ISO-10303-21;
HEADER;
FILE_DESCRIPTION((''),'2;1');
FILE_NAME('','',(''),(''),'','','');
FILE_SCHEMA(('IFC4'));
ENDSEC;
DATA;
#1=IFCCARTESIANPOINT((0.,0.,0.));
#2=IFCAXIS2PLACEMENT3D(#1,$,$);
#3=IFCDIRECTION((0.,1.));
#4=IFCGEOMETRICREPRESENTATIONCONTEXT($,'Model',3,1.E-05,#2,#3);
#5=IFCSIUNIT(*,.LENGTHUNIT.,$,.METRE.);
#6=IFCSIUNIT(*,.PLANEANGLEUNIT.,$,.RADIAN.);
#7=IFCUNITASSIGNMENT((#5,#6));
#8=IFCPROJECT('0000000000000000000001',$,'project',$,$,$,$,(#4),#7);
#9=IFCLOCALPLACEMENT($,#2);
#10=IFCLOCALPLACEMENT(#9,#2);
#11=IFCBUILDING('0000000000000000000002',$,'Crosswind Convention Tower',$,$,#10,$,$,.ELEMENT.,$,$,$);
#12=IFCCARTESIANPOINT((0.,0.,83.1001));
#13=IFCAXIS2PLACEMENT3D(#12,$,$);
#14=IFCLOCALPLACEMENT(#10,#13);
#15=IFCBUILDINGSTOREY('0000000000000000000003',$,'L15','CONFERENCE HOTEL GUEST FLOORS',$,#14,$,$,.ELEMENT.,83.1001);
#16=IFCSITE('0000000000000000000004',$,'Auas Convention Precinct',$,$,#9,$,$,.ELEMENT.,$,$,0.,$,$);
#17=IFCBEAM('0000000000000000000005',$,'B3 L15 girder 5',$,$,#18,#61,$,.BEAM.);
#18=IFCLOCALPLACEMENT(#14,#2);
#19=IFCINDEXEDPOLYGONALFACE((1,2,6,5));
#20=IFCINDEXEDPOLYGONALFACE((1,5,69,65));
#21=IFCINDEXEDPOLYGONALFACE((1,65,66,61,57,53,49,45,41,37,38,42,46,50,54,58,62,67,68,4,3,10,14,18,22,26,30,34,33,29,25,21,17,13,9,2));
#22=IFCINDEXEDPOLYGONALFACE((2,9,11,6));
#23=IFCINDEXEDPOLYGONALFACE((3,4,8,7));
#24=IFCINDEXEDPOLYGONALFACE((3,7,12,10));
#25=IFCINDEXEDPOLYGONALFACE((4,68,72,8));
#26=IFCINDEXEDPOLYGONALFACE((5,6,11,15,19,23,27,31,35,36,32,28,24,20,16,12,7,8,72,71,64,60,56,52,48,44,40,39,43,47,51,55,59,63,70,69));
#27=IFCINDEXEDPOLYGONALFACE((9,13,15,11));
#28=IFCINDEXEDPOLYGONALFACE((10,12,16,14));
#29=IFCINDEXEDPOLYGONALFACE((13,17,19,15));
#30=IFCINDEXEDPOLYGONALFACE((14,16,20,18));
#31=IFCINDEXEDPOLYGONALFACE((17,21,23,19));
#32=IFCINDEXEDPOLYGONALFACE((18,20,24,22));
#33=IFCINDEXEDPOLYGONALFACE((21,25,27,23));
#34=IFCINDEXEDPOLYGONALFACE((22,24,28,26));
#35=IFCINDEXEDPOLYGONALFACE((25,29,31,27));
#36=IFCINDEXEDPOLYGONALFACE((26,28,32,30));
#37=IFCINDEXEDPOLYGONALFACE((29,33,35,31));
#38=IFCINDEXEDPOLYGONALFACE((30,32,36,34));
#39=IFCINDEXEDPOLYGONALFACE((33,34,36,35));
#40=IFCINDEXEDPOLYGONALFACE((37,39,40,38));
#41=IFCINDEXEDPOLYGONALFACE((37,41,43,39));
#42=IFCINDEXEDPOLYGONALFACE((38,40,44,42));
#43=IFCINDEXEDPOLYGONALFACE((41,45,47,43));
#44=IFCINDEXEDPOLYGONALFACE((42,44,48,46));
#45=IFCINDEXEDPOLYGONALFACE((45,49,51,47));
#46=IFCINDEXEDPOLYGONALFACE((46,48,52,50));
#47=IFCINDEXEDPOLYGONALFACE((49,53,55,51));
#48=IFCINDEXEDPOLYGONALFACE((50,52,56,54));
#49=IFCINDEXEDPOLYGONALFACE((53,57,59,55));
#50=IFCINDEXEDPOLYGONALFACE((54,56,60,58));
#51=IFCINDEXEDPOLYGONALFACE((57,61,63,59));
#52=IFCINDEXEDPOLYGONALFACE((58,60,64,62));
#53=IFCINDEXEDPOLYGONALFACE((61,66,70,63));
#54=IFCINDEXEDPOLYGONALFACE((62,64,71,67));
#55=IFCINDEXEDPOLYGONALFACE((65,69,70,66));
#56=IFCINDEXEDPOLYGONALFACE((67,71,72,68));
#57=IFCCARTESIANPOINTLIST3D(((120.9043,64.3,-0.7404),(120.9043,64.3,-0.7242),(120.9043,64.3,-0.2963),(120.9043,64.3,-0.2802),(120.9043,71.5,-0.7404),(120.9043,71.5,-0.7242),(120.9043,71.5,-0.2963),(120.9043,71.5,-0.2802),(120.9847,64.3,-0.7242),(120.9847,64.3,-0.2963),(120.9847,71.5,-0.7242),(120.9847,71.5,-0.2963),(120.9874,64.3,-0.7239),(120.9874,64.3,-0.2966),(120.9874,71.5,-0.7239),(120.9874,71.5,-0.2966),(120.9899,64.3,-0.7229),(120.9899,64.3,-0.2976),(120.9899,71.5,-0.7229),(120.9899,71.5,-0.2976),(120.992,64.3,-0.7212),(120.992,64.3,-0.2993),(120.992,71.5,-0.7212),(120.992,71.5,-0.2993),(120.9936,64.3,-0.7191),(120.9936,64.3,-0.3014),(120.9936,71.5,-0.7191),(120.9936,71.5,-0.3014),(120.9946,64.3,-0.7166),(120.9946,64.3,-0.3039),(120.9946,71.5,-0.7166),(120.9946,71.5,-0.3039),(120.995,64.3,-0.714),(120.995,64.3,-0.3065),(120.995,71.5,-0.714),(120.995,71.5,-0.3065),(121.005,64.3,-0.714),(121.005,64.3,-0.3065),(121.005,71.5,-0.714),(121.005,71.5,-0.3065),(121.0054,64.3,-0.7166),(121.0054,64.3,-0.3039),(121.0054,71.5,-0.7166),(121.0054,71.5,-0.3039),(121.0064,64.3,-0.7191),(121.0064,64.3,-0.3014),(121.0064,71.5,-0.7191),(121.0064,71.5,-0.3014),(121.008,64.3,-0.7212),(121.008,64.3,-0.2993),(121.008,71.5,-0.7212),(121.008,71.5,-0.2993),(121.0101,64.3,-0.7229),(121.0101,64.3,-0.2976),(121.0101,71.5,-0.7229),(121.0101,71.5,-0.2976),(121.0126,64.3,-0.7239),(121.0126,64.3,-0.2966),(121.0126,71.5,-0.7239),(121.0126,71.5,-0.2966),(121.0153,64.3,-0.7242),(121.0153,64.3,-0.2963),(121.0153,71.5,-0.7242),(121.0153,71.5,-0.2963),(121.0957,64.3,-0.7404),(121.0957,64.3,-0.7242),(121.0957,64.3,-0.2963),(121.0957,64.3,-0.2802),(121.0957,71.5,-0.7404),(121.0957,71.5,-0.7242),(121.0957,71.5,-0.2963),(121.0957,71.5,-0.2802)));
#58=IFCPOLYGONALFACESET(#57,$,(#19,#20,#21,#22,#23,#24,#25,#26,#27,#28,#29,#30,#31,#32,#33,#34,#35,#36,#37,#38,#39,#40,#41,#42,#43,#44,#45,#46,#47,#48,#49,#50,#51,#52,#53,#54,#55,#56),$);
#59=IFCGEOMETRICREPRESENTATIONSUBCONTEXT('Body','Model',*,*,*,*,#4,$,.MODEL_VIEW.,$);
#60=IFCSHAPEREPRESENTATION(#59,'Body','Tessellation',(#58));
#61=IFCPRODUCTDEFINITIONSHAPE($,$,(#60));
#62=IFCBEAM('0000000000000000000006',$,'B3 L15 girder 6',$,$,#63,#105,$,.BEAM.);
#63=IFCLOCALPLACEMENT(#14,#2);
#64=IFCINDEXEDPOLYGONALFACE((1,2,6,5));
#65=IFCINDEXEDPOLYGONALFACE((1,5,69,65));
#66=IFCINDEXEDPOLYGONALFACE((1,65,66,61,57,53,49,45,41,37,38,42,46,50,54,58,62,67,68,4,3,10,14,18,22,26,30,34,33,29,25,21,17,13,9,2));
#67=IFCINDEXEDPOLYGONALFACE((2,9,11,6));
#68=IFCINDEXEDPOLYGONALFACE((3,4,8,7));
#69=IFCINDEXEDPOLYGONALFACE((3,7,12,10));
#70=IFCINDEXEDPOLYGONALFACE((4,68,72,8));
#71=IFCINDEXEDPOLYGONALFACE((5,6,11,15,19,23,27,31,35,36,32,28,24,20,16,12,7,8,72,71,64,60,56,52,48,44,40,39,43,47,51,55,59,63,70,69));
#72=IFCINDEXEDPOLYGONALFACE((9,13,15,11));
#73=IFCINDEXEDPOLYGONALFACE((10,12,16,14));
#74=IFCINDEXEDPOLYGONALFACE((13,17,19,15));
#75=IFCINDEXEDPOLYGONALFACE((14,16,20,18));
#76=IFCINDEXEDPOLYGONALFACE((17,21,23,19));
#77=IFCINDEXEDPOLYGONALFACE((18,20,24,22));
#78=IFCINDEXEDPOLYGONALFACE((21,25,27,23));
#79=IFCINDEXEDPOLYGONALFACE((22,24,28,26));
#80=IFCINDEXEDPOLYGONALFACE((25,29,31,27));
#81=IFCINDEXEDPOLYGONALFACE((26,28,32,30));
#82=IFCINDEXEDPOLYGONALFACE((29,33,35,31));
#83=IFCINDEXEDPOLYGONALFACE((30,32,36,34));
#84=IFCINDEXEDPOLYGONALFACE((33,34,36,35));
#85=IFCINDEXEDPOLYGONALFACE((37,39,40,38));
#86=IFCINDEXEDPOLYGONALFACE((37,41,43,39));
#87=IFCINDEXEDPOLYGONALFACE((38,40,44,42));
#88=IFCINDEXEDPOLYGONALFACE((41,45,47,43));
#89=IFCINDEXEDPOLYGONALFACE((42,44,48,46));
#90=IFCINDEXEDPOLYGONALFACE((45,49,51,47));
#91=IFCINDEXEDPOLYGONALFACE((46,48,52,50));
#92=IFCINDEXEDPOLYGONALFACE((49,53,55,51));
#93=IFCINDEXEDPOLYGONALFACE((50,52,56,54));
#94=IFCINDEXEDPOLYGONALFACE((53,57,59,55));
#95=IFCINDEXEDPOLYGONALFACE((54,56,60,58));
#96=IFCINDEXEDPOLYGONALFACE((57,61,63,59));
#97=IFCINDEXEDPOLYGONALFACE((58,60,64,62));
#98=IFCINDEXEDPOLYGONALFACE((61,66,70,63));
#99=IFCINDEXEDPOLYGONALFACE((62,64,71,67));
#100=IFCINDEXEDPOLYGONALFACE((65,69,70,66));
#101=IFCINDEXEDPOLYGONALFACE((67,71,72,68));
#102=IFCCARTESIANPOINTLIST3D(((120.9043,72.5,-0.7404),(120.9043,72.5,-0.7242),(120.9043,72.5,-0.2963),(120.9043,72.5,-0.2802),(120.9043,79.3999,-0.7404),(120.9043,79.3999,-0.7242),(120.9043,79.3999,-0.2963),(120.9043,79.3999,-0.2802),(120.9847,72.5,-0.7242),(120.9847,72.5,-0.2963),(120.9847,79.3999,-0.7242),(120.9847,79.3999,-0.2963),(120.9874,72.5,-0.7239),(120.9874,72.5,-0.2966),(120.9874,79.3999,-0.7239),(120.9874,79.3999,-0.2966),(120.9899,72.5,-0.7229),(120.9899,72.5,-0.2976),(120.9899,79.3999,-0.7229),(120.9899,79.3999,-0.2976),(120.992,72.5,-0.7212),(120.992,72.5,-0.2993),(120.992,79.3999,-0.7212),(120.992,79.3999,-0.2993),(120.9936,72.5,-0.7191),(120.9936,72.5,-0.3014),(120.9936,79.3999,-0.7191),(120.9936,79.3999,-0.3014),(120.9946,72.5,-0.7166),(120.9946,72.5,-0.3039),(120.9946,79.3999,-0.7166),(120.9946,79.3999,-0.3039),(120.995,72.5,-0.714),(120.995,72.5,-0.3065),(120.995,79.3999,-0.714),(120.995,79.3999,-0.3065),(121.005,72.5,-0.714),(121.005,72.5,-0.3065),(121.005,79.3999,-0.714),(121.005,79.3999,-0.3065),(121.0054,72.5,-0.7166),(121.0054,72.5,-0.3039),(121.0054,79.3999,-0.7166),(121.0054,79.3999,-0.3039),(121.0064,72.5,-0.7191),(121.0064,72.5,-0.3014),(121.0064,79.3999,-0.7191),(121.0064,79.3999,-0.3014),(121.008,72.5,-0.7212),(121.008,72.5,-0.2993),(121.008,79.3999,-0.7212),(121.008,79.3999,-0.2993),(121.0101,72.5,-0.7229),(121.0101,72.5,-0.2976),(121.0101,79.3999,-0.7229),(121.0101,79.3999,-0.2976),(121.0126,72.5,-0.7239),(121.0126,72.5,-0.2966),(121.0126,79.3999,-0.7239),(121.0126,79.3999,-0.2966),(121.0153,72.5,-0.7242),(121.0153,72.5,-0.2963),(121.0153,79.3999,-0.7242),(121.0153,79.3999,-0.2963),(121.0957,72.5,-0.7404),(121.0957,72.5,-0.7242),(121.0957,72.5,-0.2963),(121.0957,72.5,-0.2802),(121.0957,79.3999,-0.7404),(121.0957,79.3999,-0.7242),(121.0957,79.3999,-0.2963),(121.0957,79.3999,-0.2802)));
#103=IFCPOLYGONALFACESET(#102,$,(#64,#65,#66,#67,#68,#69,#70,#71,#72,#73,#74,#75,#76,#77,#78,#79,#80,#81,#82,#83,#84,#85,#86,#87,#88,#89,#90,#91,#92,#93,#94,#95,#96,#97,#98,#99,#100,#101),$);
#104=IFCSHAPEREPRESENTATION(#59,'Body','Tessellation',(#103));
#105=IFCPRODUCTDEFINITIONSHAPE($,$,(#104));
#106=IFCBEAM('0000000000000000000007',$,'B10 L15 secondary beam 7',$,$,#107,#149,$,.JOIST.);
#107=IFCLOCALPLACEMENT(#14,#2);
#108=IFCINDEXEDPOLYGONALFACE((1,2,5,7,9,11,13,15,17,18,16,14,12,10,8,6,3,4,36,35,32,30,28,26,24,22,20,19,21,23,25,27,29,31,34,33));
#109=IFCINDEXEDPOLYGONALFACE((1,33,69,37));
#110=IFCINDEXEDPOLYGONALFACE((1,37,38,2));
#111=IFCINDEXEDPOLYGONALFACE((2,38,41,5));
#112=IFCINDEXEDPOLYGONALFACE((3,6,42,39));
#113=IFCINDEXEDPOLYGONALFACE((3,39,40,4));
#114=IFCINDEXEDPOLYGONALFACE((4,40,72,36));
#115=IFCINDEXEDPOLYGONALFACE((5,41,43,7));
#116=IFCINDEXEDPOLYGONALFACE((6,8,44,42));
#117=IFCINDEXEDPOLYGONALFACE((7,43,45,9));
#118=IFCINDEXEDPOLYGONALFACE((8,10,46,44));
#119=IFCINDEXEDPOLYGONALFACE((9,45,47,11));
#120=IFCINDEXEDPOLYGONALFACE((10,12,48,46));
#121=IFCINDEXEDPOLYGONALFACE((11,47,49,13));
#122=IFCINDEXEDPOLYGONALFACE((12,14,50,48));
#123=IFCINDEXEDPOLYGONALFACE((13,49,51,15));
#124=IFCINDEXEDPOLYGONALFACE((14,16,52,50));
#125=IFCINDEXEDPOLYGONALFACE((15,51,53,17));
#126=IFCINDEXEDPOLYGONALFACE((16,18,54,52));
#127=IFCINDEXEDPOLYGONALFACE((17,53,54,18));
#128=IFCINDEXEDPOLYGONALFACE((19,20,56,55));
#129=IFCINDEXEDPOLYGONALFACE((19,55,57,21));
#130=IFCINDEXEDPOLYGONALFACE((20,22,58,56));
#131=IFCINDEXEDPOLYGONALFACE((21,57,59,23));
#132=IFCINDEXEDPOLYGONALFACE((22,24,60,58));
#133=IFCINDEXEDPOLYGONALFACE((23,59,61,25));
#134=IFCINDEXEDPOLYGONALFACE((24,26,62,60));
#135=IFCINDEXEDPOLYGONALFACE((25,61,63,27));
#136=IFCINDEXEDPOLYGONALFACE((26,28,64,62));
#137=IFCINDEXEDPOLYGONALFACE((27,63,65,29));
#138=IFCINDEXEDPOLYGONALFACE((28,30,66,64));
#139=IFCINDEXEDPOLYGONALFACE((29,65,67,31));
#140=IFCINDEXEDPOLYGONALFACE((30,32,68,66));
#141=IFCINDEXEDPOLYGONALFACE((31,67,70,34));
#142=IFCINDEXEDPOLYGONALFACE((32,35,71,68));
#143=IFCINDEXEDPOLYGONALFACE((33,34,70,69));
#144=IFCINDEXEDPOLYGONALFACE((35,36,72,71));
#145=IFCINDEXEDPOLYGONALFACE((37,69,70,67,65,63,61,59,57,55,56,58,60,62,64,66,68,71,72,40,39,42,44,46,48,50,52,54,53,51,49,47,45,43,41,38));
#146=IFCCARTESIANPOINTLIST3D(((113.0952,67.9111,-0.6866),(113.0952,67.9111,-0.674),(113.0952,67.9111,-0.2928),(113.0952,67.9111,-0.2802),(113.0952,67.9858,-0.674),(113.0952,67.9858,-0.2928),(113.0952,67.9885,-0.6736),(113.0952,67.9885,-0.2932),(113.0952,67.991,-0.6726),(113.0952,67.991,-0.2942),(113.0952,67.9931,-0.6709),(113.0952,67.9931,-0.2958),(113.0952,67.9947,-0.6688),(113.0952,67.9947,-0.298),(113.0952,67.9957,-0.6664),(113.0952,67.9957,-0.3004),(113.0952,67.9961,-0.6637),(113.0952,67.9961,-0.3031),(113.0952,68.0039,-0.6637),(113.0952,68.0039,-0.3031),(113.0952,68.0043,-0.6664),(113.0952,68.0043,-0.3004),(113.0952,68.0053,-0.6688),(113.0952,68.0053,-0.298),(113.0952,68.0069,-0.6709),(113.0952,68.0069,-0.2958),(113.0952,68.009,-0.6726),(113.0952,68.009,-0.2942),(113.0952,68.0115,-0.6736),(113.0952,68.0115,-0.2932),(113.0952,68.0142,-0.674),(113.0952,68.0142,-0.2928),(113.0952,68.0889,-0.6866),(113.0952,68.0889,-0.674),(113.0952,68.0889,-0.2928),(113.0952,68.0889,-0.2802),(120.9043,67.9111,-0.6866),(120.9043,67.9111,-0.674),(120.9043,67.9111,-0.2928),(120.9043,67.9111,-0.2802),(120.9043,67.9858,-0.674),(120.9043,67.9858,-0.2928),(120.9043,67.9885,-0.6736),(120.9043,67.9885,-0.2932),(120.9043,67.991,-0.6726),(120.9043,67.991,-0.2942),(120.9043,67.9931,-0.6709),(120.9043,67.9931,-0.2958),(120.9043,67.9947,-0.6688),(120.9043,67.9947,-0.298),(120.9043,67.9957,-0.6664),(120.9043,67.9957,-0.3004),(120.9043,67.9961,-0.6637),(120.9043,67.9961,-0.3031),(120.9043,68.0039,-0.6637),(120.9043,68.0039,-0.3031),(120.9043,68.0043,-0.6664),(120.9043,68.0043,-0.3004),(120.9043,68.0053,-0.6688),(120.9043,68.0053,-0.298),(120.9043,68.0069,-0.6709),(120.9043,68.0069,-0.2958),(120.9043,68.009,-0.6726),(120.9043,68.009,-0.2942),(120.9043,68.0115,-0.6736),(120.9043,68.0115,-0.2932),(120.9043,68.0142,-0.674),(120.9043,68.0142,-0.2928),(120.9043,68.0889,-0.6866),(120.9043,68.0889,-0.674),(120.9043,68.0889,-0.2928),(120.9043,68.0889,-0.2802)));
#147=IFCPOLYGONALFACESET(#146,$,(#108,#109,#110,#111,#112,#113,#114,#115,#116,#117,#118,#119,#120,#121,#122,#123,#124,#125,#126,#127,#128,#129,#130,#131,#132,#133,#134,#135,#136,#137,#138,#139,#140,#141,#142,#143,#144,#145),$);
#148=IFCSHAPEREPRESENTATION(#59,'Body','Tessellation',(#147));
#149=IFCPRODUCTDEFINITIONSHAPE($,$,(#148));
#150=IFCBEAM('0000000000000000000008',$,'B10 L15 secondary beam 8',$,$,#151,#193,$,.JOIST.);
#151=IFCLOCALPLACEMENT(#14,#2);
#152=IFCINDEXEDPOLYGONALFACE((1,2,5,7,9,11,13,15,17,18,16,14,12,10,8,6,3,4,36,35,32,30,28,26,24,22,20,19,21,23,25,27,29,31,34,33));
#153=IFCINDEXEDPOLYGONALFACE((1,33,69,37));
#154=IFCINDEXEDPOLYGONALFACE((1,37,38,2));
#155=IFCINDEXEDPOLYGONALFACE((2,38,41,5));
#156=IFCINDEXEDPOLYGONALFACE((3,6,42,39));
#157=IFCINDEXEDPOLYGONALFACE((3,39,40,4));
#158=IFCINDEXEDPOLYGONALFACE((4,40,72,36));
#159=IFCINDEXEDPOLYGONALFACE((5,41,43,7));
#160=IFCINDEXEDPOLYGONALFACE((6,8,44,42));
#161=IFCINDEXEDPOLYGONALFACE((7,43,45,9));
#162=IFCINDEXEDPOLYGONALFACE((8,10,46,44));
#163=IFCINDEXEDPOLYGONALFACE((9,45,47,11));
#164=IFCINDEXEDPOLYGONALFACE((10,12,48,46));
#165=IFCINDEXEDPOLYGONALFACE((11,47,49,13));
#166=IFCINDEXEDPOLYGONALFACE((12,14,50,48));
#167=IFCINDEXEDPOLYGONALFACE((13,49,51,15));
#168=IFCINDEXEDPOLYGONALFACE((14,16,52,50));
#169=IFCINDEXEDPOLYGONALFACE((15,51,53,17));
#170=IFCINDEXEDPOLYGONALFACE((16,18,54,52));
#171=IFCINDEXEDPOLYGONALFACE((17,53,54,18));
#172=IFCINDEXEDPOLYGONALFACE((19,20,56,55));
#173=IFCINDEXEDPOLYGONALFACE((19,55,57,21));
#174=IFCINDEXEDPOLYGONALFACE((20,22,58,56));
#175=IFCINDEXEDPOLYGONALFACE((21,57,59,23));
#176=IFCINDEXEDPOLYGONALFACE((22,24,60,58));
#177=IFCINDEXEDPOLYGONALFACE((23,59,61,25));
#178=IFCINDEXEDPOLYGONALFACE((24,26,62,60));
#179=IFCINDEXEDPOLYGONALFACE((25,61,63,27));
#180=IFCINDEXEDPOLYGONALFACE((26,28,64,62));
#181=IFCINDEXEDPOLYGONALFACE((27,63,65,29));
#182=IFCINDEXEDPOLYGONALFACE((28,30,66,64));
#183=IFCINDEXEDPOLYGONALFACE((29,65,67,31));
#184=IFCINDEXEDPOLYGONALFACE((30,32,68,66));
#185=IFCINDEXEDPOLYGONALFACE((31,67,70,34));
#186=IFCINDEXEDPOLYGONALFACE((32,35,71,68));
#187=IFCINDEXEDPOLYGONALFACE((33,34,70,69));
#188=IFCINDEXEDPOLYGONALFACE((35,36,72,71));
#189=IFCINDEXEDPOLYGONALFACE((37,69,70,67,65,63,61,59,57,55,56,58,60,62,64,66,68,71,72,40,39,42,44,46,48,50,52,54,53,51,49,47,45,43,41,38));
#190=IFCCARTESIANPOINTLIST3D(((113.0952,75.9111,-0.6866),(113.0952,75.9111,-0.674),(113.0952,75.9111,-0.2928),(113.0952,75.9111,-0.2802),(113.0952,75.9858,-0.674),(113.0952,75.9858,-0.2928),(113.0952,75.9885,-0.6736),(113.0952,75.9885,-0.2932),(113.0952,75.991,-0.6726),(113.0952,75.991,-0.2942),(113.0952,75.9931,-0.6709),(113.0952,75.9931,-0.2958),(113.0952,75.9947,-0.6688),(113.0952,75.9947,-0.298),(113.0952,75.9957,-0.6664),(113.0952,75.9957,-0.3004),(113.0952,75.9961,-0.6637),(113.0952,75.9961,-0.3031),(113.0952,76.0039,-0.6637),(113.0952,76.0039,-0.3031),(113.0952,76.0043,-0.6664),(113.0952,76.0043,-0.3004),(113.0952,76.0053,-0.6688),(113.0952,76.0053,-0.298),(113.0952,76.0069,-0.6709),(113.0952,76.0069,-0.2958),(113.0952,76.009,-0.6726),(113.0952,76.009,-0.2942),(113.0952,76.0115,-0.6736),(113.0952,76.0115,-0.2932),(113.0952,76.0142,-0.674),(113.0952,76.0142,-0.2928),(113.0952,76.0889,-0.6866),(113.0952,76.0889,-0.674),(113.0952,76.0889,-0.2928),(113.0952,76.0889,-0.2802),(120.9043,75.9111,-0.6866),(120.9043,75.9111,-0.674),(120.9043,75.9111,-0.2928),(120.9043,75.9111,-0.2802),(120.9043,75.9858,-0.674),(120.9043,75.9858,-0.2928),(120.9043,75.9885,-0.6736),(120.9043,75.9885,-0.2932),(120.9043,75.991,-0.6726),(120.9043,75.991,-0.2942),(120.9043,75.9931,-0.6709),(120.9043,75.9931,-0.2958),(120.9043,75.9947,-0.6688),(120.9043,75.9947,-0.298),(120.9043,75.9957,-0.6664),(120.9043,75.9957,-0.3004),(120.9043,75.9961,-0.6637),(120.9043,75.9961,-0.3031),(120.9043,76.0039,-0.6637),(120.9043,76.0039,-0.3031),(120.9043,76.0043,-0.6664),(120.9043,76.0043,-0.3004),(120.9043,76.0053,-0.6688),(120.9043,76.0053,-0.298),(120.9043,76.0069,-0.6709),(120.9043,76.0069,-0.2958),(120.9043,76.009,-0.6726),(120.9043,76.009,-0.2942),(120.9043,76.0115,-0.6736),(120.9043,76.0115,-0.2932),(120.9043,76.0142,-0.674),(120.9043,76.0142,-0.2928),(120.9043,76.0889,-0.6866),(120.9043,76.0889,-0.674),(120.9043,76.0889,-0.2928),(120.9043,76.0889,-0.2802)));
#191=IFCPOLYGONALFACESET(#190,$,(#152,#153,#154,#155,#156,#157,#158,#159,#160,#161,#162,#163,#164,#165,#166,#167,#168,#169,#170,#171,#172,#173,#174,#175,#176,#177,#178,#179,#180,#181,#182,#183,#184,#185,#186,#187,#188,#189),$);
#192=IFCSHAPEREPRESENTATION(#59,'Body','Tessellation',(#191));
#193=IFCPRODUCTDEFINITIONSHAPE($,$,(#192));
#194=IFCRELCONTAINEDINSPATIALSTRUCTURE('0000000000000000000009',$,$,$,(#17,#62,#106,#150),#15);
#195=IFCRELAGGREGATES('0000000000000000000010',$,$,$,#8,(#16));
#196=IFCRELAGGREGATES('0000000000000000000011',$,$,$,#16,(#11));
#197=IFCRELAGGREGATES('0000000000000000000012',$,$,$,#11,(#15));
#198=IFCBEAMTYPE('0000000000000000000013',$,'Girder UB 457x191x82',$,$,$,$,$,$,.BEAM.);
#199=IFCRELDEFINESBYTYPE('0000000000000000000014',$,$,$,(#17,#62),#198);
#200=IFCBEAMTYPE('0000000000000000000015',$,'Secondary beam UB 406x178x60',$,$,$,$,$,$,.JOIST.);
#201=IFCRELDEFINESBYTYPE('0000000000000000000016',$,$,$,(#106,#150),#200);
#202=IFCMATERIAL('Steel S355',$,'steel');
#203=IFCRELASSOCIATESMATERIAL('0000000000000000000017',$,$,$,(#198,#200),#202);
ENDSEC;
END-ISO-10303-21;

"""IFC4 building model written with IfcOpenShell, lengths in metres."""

from ifc_helpers import new_model, si_unit, direction, frame, origin, origin_2d, place, context, subcontext, project, spatial, i_section, extrude, material, material_profile, profile_set, type_object, element, save


model = new_model("IFC4")

# Units and contexts
model_context = context("Model", 3, precision=1e-05, world=origin(), true_north=direction((0.0, 1.0)))
body_context = subcontext(model_context, "Body", "Model", "MODEL_VIEW")
ifc_project = project(units=[si_unit("LENGTHUNIT", "METRE"), si_unit("PLANEANGLEUNIT", "RADIAN")], contexts=[model_context])

# Site, building, storey
site_placement = place(None, origin())
site = spatial("IfcSite", under=ifc_project, at=site_placement, Name="Auas Convention Precinct", CompositionType="ELEMENT", RefElevation=0.0)
building_placement = place(site_placement, origin())
building = spatial("IfcBuilding", under=site, at=building_placement, Name="Crosswind Convention Tower", CompositionType="ELEMENT")
storey_placement = place(building_placement, frame((0.0, 0.0, 83.1001)))
storey = spatial("IfcBuildingStorey", under=building, at=storey_placement, Name="L15", Description="CONFERENCE HOTEL GUEST FLOORS", CompositionType="ELEMENT", Elevation=83.1001)

# Beams
ifc_material_1 = material(Name="Steel S355", Category="steel")
ifc_material_profile_1 = material_profile(ifc_material_1, i_section(OverallWidth=0.1914, OverallDepth=0.4602, WebThickness=0.01, FlangeThickness=0.0161, FilletRadius=0.0103, at=origin_2d()), Name="UB 457x191x82")
ifc_profile_set_1 = profile_set([ifc_material_profile_1], Name="Steel S355")
beam_type_1 = type_object("IfcBeamType", Name="Girder UB 457x191x82", PredefinedType="BEAM", material=ifc_profile_set_1)
beam_1_placement = place(storey_placement, frame((121.0, 64.3, -0.5103), z_axis=(0.0, 1.0, 0.0), x_axis=(-1.0, 0.0, 0.0)))
element("IfcBeam", 1, at=beam_1_placement, inside=storey, type_object=beam_type_1, Name="B3 L15 girder 5", PredefinedType="BEAM", context=body_context, shape_type="SweptSolid", body=[
    extrude(i_section(OverallWidth=0.1914, OverallDepth=0.4602, WebThickness=0.01, FlangeThickness=0.0161, FilletRadius=0.0103, at=origin_2d()), origin(), (0.0, 0.0, 1.0), 7.2),
])
beam_2_placement = place(storey_placement, frame((121.0, 72.5, -0.5103), z_axis=(0.0, 1.0, 0.0), x_axis=(-1.0, 0.0, 0.0)))
element("IfcBeam", 2, at=beam_2_placement, inside=storey, type_object=beam_type_1, Name="B3 L15 girder 6", PredefinedType="BEAM", context=body_context, shape_type="SweptSolid", body=[
    extrude(i_section(OverallWidth=0.1914, OverallDepth=0.4602, WebThickness=0.01, FlangeThickness=0.0161, FilletRadius=0.0103, at=origin_2d()), origin(), (0.0, 0.0, 1.0), 6.8999),
])
ifc_material_profile_2 = material_profile(ifc_material_1, i_section(OverallWidth=0.1777, OverallDepth=0.4065, WebThickness=0.0078, FlangeThickness=0.0127, FilletRadius=0.0103, at=origin_2d()), Name="UB 406x178x60")
ifc_profile_set_2 = profile_set([ifc_material_profile_2], Name="Steel S355")
beam_type_2 = type_object("IfcBeamType", Name="Secondary beam UB 406x178x60", PredefinedType="JOIST", material=ifc_profile_set_2)
for number, where, z_axis, x_axis, name in (
    (3, (113.0952, 68.0, -0.4834), (1.0, 0.0, 0.0), (0.0, 1.0, 0.0), "B10 L15 secondary beam 7"),
    (4, (113.0952, 76.0, -0.4834), (1.0, 0.0, 0.0), (0.0, 1.0, 0.0), "B10 L15 secondary beam 8"),
):
    element("IfcBeam", number, at=place(storey_placement, frame(where, z_axis=z_axis, x_axis=x_axis)), inside=storey, type_object=beam_type_2, Name=name, PredefinedType="JOIST", context=body_context, shape_type="SweptSolid", body=[
        extrude(i_section(OverallWidth=0.1777, OverallDepth=0.4065, WebThickness=0.0078, FlangeThickness=0.0127, FilletRadius=0.0103, at=origin_2d()), origin(), (0.0, 0.0, 1.0), 7.8091),
    ])

save(model, "model.ifc")
